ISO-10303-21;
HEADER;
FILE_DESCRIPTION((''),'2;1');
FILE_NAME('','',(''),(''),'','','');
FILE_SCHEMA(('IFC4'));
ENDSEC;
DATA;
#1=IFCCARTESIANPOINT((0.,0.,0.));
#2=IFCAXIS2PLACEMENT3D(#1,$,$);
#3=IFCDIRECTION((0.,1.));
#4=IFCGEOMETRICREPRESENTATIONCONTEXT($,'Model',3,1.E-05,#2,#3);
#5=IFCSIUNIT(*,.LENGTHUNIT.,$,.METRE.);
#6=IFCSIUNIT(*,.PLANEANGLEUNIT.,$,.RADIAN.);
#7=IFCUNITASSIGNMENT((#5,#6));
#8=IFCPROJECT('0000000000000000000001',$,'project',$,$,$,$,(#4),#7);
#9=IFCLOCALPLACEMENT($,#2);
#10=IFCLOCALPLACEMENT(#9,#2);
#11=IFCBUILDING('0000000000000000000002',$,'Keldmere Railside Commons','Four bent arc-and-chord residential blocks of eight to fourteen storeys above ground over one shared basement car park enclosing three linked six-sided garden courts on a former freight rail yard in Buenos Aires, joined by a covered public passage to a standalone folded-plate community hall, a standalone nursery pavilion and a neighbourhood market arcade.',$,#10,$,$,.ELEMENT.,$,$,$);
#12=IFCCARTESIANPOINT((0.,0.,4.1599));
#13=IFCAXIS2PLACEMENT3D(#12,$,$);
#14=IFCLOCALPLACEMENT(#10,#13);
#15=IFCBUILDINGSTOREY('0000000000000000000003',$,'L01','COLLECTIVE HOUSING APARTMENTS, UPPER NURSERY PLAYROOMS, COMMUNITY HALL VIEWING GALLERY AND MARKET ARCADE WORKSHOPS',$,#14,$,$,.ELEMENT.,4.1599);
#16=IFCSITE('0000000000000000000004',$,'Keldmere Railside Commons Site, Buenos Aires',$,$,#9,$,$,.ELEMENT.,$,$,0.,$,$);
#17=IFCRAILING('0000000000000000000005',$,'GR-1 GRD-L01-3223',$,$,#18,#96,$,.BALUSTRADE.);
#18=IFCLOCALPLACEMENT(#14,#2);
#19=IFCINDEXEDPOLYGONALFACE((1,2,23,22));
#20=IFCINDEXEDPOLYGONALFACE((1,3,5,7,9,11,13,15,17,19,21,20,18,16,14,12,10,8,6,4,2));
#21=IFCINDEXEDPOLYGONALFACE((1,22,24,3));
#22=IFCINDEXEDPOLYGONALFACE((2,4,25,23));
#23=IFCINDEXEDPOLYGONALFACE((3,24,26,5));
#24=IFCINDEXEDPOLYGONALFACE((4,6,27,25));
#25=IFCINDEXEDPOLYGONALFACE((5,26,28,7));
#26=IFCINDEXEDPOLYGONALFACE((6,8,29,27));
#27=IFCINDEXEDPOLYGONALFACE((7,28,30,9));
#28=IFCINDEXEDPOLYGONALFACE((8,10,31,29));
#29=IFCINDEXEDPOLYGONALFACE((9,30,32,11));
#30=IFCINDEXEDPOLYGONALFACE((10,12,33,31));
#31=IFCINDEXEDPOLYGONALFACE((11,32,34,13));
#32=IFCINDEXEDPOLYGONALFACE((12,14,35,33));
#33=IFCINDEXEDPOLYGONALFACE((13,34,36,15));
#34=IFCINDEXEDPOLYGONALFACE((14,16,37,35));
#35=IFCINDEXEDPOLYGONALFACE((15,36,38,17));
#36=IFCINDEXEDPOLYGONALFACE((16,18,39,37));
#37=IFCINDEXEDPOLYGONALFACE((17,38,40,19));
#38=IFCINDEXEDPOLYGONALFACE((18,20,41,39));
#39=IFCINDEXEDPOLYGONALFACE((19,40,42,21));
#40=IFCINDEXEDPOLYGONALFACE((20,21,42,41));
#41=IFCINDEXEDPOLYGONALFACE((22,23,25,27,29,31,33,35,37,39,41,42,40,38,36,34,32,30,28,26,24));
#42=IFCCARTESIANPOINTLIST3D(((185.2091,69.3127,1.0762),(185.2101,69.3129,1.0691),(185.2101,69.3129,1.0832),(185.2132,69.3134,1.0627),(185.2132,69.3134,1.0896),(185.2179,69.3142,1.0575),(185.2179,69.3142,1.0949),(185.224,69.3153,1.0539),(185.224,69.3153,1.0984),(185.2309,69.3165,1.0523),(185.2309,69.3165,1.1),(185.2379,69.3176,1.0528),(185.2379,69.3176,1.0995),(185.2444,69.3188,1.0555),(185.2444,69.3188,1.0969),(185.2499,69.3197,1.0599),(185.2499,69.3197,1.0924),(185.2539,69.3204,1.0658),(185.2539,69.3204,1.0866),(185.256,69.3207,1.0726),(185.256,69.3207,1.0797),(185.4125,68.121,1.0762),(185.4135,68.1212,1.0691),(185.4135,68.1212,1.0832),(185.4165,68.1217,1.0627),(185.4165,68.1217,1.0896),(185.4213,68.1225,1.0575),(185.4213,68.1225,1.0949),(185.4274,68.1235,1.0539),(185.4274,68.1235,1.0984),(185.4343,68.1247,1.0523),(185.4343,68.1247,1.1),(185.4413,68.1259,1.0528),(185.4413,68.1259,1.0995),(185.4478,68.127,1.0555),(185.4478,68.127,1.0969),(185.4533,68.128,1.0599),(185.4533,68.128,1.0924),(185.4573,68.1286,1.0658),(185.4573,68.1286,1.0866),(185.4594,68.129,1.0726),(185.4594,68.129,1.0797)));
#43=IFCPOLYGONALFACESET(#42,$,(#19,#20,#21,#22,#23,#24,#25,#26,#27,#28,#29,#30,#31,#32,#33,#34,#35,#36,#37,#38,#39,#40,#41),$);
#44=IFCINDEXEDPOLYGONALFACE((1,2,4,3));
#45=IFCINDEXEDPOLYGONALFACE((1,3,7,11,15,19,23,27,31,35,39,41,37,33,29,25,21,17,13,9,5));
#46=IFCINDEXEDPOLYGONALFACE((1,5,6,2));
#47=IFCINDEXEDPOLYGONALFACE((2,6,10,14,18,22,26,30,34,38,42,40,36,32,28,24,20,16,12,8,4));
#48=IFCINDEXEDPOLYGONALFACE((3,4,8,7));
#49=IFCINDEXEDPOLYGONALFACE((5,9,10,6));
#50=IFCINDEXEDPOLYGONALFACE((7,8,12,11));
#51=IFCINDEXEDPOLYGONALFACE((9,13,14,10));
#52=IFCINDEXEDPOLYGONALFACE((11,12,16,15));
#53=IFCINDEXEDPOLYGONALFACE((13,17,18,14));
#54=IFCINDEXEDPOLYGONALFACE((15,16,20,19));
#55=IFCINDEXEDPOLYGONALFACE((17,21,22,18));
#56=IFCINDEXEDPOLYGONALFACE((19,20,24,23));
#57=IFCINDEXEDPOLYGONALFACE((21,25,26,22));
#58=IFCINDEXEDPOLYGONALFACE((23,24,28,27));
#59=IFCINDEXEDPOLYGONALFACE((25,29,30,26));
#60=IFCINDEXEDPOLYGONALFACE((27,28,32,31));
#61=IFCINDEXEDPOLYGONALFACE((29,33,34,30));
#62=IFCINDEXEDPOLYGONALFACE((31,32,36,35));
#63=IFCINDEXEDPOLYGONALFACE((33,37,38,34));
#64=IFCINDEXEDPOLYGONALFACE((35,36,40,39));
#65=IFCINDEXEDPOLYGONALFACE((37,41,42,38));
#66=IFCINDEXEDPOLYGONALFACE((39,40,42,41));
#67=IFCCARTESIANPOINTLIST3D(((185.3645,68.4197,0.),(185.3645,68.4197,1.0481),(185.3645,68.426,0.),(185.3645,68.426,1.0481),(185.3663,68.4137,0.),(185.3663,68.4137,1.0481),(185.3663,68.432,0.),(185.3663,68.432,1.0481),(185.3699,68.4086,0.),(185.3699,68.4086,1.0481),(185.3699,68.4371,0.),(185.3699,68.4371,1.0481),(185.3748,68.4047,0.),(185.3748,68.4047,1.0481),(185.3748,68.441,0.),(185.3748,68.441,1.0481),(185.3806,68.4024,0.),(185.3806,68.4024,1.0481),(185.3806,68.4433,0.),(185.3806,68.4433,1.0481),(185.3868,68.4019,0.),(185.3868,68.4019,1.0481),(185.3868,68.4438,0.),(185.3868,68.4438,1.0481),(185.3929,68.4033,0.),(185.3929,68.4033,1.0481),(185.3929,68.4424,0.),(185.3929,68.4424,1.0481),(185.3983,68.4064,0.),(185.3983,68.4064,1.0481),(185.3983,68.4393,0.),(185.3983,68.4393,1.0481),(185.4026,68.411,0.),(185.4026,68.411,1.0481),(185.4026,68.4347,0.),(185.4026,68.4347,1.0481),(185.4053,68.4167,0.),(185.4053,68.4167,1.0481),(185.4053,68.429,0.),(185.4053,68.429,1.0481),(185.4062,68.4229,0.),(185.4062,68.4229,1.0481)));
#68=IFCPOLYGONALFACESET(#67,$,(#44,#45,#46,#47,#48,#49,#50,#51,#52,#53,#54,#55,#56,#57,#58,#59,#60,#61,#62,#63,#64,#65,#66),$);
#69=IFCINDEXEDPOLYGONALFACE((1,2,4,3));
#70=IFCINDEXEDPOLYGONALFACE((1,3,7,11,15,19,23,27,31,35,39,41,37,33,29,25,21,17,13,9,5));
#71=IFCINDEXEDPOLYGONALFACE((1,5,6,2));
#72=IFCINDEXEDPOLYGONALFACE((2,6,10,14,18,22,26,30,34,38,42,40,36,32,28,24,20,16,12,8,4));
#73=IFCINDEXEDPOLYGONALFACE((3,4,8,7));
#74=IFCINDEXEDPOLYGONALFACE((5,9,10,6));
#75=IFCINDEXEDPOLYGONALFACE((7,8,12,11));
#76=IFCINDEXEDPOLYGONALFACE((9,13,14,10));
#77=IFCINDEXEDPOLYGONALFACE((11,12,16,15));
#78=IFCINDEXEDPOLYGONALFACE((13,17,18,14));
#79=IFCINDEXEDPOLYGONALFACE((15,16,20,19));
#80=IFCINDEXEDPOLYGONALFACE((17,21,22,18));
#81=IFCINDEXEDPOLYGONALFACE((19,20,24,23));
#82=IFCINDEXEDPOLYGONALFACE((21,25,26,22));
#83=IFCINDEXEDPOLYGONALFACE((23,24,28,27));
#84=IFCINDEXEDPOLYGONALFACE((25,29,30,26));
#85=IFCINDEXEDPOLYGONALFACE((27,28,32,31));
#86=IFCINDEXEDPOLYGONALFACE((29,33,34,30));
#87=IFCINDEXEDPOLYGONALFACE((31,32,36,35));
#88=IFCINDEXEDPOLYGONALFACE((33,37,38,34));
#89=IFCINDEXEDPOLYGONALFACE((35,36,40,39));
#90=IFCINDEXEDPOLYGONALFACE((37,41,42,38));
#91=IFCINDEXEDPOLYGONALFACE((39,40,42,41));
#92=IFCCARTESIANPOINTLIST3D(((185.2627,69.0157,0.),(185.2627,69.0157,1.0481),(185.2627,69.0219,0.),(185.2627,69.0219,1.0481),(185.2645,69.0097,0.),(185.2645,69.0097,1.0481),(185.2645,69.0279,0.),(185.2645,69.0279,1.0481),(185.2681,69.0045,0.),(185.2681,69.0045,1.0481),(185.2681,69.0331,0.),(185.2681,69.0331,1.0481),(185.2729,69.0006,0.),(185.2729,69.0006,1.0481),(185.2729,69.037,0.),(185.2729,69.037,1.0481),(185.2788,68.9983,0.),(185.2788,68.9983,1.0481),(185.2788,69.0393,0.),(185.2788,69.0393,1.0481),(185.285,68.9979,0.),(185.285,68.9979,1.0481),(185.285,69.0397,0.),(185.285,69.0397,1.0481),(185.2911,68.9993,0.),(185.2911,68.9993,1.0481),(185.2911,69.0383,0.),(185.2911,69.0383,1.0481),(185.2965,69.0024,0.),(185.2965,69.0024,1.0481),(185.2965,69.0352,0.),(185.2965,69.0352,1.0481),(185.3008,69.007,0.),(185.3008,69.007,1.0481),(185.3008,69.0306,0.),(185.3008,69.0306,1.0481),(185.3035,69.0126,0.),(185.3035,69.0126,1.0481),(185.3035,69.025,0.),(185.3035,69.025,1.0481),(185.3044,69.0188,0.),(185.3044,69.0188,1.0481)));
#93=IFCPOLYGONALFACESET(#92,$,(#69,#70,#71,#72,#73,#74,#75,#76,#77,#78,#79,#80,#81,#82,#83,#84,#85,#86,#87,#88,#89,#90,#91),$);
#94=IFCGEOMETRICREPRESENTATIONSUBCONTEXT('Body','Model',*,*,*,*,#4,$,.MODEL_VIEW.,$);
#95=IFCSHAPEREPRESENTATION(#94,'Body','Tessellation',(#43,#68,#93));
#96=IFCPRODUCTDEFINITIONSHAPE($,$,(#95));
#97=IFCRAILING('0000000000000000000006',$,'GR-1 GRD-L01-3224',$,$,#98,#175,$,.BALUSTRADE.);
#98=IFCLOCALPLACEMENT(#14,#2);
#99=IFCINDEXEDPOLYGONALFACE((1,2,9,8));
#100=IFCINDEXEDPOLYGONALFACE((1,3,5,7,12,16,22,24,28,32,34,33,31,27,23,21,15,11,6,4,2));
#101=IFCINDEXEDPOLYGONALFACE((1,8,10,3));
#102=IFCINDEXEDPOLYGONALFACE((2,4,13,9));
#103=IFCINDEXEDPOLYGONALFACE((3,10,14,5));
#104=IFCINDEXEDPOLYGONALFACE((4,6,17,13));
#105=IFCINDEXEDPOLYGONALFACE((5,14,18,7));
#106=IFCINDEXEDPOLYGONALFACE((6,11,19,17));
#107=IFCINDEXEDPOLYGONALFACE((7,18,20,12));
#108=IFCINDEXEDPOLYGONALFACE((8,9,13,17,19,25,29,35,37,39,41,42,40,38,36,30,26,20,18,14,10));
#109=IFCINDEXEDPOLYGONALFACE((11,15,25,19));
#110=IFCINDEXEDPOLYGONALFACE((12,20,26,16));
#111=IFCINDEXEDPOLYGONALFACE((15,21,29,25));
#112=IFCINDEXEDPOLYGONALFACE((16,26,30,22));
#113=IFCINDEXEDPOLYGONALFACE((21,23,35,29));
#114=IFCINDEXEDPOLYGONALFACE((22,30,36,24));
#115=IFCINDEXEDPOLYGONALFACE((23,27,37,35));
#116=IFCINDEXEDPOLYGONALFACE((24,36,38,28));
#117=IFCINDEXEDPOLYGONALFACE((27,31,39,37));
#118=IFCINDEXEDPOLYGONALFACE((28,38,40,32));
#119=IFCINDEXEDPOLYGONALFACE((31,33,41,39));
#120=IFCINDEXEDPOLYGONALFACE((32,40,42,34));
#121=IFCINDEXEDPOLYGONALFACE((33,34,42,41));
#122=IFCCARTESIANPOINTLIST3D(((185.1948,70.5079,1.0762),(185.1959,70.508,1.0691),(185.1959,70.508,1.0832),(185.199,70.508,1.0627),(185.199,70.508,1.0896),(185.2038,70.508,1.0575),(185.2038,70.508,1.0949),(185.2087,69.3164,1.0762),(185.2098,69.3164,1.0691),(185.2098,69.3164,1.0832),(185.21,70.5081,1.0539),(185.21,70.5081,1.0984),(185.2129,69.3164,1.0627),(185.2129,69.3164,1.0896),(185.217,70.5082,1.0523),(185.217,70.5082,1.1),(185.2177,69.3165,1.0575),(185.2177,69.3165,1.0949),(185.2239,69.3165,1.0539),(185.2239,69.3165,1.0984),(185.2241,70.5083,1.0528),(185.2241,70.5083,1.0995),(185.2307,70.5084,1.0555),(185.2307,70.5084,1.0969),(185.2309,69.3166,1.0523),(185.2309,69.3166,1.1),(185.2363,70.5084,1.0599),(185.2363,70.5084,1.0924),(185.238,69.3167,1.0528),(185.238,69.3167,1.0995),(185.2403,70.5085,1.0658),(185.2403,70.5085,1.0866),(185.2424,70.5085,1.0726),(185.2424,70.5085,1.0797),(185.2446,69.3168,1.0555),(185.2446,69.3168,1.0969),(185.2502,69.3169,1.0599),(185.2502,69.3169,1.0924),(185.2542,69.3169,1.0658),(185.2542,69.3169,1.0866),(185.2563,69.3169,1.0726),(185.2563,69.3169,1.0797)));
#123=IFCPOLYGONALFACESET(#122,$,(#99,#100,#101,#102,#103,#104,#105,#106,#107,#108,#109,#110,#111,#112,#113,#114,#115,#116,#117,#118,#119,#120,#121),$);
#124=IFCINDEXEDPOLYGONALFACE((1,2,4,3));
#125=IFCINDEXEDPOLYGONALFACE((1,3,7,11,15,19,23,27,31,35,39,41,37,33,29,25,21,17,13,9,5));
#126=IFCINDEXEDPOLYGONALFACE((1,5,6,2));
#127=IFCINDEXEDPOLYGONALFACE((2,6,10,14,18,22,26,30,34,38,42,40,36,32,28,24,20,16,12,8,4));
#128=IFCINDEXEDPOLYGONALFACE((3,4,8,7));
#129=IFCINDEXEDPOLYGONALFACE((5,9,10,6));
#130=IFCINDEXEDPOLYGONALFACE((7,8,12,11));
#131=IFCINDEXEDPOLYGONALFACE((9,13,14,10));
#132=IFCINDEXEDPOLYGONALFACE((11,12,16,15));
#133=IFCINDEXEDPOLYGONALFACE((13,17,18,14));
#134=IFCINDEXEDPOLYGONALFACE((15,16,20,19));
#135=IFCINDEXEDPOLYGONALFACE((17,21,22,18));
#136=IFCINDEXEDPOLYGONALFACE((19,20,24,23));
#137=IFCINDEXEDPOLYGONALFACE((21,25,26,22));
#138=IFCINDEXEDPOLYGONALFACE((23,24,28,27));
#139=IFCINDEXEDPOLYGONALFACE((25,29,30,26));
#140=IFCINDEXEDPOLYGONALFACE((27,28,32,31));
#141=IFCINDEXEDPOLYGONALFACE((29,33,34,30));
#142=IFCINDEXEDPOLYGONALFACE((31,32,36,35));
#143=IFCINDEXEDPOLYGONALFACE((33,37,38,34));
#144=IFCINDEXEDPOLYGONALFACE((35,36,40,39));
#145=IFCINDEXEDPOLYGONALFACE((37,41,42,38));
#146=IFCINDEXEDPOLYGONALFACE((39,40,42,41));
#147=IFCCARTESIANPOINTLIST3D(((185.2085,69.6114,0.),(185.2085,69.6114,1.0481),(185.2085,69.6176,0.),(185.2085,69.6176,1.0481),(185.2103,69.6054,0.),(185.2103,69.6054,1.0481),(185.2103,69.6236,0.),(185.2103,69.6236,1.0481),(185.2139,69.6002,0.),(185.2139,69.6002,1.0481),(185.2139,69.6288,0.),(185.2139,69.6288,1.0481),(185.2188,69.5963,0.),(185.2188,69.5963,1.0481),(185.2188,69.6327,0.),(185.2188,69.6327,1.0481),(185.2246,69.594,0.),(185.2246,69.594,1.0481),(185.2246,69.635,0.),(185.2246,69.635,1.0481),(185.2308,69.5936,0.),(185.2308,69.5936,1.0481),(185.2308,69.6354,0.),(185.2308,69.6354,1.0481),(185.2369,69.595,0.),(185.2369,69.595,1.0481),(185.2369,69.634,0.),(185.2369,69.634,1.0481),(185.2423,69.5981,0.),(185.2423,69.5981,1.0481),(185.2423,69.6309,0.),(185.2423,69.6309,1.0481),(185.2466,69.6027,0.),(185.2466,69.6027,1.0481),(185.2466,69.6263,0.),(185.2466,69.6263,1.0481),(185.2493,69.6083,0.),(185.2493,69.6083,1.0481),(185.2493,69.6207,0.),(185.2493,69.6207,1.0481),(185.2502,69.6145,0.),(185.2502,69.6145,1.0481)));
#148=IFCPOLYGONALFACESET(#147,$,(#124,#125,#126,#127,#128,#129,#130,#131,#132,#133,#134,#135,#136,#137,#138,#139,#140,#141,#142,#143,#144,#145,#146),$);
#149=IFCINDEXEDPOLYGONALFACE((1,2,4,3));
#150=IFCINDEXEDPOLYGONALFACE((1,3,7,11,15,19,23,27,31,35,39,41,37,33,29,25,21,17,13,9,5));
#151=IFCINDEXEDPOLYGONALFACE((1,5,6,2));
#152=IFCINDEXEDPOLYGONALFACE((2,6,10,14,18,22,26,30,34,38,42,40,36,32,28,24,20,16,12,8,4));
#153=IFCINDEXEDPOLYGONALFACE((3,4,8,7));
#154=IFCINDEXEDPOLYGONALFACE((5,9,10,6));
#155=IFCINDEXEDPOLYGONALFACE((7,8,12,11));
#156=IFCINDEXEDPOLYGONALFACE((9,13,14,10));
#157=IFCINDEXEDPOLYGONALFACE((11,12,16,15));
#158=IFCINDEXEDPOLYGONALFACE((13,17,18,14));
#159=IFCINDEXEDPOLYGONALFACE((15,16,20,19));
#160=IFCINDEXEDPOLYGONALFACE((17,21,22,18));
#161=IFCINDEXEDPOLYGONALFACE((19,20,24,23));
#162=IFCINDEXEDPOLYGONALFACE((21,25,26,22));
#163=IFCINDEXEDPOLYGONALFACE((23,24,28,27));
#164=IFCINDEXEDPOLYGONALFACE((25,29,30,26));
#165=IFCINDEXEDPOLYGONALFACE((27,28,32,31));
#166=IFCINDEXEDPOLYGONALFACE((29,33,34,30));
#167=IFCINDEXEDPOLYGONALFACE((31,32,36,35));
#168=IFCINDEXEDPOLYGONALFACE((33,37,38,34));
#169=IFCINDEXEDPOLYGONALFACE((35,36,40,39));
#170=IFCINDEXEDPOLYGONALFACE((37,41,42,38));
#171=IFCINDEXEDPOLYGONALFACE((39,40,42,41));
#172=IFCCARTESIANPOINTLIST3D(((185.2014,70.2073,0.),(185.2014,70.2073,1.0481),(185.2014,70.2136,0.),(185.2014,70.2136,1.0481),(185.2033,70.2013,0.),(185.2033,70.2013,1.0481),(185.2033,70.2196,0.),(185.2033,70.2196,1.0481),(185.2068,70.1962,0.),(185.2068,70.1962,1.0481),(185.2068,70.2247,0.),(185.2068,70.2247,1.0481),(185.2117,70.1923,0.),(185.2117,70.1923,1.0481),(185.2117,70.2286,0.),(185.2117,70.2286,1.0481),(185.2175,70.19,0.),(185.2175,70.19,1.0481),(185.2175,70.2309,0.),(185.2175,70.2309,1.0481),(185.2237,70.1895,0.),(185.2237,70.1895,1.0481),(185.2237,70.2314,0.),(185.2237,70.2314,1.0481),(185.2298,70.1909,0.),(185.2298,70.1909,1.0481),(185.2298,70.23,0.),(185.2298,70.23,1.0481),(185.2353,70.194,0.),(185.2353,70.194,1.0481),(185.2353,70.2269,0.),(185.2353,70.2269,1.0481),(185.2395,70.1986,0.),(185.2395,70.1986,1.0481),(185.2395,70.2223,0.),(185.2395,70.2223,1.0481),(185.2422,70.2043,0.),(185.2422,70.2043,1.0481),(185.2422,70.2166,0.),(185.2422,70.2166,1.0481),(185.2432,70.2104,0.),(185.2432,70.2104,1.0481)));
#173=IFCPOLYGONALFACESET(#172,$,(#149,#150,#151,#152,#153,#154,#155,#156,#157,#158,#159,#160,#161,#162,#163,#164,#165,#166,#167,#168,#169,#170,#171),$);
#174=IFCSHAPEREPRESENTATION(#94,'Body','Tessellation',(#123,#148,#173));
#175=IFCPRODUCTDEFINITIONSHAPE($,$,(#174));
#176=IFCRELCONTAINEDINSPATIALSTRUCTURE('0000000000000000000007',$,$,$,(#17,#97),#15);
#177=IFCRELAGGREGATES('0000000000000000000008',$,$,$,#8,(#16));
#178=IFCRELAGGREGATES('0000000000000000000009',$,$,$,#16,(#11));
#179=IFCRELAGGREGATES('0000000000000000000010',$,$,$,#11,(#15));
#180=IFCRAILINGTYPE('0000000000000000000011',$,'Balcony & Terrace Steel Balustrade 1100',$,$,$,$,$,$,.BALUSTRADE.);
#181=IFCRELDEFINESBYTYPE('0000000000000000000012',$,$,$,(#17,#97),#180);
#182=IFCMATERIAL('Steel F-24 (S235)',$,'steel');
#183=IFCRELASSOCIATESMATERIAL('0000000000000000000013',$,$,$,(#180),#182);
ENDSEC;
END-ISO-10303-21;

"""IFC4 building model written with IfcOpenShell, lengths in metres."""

from ifc_helpers import new_model, si_unit, direction, frame, origin, origin_2d, place, context, subcontext, project, spatial, circle, extrude, material, type_object, element, save


model = new_model("IFC4")

# Units and contexts
model_context = context("Model", 3, precision=1e-05, world=origin(), true_north=direction((0.0, 1.0)))
body_context = subcontext(model_context, "Body", "Model", "MODEL_VIEW")
ifc_project = project(units=[si_unit("LENGTHUNIT", "METRE"), si_unit("PLANEANGLEUNIT", "RADIAN")], contexts=[model_context])

# Site, building, storey
site_placement = place(None, origin())
site = spatial("IfcSite", under=ifc_project, at=site_placement, Name="Keldmere Railside Commons Site, Buenos Aires", CompositionType="ELEMENT", RefElevation=0.0)
building_placement = place(site_placement, origin())
building = spatial("IfcBuilding", under=site, at=building_placement, Name="Keldmere Railside Commons", Description="Four bent arc-and-chord residential blocks of eight to fourteen storeys above ground over one shared basement car park enclosing three linked six-sided garden courts on a former freight rail yard in Buenos Aires, joined by a covered public passage to a standalone folded-plate community hall, a standalone nursery pavilion and a neighbourhood market arcade.", CompositionType="ELEMENT")
storey_placement = place(building_placement, frame((0.0, 0.0, 4.1599)))
storey = spatial("IfcBuildingStorey", under=building, at=storey_placement, Name="L01", Description="COLLECTIVE HOUSING APARTMENTS, UPPER NURSERY PLAYROOMS, COMMUNITY HALL VIEWING GALLERY AND MARKET ARCADE WORKSHOPS", CompositionType="ELEMENT", Elevation=4.1599)

# Railings
ifc_material_1 = material(Name="Steel F-24 (S235)", Category="steel")
railing_type_1 = type_object("IfcRailingType", Name="Balcony & Terrace Steel Balustrade 1100", PredefinedType="BALUSTRADE", material=ifc_material_1)
railing_1_placement = place(storey_placement, frame((185.436, 68.125, 0.0)))
element("IfcRailing", 1, at=railing_1_placement, inside=storey, type_object=railing_type_1, Name="GR-1 GRD-L01-3223", PredefinedType="BALUSTRADE", context=body_context, shape_type="SweptSolid", body=[
    extrude(circle(Radius=0.0239, at=origin_2d()), frame((0.0, 0.0, 1.0762), z_axis=(-0.168229, 0.985748, 0.0), x_axis=(-0.985748, -0.168229, 0.0)), (0.0, 0.0, 1.0), 1.209),
    extrude(circle(Radius=0.021, at=origin_2d()), frame((-0.0508, 0.2979, 0.0)), (0.0, 0.0, 1.0), 1.0481),
    extrude(circle(Radius=0.021, at=origin_2d()), frame((-0.1526, 0.8938, 0.0)), (0.0, 0.0, 1.0), 1.0481),
])
railing_2_placement = place(storey_placement, frame((185.2327, 69.3167, 0.0)))
element("IfcRailing", 2, at=railing_2_placement, inside=storey, type_object=railing_type_1, Name="GR-1 GRD-L01-3224", PredefinedType="BALUSTRADE", context=body_context, shape_type="SweptSolid", body=[
    extrude(circle(Radius=0.0239, at=origin_2d()), frame((0.0, 0.0, 1.0762), z_axis=(-0.011677, 0.999932, 0.0), x_axis=(-0.999932, -0.011677, 0.0)), (0.0, 0.0, 1.0), 1.1917),
    extrude(circle(Radius=0.021, at=origin_2d()), frame((-0.0034, 0.2979, 0.0)), (0.0, 0.0, 1.0), 1.0481),
    extrude(circle(Radius=0.021, at=origin_2d()), frame((-0.0105, 0.8938, 0.0)), (0.0, 0.0, 1.0), 1.0481),
])

save(model, "model.ifc")
